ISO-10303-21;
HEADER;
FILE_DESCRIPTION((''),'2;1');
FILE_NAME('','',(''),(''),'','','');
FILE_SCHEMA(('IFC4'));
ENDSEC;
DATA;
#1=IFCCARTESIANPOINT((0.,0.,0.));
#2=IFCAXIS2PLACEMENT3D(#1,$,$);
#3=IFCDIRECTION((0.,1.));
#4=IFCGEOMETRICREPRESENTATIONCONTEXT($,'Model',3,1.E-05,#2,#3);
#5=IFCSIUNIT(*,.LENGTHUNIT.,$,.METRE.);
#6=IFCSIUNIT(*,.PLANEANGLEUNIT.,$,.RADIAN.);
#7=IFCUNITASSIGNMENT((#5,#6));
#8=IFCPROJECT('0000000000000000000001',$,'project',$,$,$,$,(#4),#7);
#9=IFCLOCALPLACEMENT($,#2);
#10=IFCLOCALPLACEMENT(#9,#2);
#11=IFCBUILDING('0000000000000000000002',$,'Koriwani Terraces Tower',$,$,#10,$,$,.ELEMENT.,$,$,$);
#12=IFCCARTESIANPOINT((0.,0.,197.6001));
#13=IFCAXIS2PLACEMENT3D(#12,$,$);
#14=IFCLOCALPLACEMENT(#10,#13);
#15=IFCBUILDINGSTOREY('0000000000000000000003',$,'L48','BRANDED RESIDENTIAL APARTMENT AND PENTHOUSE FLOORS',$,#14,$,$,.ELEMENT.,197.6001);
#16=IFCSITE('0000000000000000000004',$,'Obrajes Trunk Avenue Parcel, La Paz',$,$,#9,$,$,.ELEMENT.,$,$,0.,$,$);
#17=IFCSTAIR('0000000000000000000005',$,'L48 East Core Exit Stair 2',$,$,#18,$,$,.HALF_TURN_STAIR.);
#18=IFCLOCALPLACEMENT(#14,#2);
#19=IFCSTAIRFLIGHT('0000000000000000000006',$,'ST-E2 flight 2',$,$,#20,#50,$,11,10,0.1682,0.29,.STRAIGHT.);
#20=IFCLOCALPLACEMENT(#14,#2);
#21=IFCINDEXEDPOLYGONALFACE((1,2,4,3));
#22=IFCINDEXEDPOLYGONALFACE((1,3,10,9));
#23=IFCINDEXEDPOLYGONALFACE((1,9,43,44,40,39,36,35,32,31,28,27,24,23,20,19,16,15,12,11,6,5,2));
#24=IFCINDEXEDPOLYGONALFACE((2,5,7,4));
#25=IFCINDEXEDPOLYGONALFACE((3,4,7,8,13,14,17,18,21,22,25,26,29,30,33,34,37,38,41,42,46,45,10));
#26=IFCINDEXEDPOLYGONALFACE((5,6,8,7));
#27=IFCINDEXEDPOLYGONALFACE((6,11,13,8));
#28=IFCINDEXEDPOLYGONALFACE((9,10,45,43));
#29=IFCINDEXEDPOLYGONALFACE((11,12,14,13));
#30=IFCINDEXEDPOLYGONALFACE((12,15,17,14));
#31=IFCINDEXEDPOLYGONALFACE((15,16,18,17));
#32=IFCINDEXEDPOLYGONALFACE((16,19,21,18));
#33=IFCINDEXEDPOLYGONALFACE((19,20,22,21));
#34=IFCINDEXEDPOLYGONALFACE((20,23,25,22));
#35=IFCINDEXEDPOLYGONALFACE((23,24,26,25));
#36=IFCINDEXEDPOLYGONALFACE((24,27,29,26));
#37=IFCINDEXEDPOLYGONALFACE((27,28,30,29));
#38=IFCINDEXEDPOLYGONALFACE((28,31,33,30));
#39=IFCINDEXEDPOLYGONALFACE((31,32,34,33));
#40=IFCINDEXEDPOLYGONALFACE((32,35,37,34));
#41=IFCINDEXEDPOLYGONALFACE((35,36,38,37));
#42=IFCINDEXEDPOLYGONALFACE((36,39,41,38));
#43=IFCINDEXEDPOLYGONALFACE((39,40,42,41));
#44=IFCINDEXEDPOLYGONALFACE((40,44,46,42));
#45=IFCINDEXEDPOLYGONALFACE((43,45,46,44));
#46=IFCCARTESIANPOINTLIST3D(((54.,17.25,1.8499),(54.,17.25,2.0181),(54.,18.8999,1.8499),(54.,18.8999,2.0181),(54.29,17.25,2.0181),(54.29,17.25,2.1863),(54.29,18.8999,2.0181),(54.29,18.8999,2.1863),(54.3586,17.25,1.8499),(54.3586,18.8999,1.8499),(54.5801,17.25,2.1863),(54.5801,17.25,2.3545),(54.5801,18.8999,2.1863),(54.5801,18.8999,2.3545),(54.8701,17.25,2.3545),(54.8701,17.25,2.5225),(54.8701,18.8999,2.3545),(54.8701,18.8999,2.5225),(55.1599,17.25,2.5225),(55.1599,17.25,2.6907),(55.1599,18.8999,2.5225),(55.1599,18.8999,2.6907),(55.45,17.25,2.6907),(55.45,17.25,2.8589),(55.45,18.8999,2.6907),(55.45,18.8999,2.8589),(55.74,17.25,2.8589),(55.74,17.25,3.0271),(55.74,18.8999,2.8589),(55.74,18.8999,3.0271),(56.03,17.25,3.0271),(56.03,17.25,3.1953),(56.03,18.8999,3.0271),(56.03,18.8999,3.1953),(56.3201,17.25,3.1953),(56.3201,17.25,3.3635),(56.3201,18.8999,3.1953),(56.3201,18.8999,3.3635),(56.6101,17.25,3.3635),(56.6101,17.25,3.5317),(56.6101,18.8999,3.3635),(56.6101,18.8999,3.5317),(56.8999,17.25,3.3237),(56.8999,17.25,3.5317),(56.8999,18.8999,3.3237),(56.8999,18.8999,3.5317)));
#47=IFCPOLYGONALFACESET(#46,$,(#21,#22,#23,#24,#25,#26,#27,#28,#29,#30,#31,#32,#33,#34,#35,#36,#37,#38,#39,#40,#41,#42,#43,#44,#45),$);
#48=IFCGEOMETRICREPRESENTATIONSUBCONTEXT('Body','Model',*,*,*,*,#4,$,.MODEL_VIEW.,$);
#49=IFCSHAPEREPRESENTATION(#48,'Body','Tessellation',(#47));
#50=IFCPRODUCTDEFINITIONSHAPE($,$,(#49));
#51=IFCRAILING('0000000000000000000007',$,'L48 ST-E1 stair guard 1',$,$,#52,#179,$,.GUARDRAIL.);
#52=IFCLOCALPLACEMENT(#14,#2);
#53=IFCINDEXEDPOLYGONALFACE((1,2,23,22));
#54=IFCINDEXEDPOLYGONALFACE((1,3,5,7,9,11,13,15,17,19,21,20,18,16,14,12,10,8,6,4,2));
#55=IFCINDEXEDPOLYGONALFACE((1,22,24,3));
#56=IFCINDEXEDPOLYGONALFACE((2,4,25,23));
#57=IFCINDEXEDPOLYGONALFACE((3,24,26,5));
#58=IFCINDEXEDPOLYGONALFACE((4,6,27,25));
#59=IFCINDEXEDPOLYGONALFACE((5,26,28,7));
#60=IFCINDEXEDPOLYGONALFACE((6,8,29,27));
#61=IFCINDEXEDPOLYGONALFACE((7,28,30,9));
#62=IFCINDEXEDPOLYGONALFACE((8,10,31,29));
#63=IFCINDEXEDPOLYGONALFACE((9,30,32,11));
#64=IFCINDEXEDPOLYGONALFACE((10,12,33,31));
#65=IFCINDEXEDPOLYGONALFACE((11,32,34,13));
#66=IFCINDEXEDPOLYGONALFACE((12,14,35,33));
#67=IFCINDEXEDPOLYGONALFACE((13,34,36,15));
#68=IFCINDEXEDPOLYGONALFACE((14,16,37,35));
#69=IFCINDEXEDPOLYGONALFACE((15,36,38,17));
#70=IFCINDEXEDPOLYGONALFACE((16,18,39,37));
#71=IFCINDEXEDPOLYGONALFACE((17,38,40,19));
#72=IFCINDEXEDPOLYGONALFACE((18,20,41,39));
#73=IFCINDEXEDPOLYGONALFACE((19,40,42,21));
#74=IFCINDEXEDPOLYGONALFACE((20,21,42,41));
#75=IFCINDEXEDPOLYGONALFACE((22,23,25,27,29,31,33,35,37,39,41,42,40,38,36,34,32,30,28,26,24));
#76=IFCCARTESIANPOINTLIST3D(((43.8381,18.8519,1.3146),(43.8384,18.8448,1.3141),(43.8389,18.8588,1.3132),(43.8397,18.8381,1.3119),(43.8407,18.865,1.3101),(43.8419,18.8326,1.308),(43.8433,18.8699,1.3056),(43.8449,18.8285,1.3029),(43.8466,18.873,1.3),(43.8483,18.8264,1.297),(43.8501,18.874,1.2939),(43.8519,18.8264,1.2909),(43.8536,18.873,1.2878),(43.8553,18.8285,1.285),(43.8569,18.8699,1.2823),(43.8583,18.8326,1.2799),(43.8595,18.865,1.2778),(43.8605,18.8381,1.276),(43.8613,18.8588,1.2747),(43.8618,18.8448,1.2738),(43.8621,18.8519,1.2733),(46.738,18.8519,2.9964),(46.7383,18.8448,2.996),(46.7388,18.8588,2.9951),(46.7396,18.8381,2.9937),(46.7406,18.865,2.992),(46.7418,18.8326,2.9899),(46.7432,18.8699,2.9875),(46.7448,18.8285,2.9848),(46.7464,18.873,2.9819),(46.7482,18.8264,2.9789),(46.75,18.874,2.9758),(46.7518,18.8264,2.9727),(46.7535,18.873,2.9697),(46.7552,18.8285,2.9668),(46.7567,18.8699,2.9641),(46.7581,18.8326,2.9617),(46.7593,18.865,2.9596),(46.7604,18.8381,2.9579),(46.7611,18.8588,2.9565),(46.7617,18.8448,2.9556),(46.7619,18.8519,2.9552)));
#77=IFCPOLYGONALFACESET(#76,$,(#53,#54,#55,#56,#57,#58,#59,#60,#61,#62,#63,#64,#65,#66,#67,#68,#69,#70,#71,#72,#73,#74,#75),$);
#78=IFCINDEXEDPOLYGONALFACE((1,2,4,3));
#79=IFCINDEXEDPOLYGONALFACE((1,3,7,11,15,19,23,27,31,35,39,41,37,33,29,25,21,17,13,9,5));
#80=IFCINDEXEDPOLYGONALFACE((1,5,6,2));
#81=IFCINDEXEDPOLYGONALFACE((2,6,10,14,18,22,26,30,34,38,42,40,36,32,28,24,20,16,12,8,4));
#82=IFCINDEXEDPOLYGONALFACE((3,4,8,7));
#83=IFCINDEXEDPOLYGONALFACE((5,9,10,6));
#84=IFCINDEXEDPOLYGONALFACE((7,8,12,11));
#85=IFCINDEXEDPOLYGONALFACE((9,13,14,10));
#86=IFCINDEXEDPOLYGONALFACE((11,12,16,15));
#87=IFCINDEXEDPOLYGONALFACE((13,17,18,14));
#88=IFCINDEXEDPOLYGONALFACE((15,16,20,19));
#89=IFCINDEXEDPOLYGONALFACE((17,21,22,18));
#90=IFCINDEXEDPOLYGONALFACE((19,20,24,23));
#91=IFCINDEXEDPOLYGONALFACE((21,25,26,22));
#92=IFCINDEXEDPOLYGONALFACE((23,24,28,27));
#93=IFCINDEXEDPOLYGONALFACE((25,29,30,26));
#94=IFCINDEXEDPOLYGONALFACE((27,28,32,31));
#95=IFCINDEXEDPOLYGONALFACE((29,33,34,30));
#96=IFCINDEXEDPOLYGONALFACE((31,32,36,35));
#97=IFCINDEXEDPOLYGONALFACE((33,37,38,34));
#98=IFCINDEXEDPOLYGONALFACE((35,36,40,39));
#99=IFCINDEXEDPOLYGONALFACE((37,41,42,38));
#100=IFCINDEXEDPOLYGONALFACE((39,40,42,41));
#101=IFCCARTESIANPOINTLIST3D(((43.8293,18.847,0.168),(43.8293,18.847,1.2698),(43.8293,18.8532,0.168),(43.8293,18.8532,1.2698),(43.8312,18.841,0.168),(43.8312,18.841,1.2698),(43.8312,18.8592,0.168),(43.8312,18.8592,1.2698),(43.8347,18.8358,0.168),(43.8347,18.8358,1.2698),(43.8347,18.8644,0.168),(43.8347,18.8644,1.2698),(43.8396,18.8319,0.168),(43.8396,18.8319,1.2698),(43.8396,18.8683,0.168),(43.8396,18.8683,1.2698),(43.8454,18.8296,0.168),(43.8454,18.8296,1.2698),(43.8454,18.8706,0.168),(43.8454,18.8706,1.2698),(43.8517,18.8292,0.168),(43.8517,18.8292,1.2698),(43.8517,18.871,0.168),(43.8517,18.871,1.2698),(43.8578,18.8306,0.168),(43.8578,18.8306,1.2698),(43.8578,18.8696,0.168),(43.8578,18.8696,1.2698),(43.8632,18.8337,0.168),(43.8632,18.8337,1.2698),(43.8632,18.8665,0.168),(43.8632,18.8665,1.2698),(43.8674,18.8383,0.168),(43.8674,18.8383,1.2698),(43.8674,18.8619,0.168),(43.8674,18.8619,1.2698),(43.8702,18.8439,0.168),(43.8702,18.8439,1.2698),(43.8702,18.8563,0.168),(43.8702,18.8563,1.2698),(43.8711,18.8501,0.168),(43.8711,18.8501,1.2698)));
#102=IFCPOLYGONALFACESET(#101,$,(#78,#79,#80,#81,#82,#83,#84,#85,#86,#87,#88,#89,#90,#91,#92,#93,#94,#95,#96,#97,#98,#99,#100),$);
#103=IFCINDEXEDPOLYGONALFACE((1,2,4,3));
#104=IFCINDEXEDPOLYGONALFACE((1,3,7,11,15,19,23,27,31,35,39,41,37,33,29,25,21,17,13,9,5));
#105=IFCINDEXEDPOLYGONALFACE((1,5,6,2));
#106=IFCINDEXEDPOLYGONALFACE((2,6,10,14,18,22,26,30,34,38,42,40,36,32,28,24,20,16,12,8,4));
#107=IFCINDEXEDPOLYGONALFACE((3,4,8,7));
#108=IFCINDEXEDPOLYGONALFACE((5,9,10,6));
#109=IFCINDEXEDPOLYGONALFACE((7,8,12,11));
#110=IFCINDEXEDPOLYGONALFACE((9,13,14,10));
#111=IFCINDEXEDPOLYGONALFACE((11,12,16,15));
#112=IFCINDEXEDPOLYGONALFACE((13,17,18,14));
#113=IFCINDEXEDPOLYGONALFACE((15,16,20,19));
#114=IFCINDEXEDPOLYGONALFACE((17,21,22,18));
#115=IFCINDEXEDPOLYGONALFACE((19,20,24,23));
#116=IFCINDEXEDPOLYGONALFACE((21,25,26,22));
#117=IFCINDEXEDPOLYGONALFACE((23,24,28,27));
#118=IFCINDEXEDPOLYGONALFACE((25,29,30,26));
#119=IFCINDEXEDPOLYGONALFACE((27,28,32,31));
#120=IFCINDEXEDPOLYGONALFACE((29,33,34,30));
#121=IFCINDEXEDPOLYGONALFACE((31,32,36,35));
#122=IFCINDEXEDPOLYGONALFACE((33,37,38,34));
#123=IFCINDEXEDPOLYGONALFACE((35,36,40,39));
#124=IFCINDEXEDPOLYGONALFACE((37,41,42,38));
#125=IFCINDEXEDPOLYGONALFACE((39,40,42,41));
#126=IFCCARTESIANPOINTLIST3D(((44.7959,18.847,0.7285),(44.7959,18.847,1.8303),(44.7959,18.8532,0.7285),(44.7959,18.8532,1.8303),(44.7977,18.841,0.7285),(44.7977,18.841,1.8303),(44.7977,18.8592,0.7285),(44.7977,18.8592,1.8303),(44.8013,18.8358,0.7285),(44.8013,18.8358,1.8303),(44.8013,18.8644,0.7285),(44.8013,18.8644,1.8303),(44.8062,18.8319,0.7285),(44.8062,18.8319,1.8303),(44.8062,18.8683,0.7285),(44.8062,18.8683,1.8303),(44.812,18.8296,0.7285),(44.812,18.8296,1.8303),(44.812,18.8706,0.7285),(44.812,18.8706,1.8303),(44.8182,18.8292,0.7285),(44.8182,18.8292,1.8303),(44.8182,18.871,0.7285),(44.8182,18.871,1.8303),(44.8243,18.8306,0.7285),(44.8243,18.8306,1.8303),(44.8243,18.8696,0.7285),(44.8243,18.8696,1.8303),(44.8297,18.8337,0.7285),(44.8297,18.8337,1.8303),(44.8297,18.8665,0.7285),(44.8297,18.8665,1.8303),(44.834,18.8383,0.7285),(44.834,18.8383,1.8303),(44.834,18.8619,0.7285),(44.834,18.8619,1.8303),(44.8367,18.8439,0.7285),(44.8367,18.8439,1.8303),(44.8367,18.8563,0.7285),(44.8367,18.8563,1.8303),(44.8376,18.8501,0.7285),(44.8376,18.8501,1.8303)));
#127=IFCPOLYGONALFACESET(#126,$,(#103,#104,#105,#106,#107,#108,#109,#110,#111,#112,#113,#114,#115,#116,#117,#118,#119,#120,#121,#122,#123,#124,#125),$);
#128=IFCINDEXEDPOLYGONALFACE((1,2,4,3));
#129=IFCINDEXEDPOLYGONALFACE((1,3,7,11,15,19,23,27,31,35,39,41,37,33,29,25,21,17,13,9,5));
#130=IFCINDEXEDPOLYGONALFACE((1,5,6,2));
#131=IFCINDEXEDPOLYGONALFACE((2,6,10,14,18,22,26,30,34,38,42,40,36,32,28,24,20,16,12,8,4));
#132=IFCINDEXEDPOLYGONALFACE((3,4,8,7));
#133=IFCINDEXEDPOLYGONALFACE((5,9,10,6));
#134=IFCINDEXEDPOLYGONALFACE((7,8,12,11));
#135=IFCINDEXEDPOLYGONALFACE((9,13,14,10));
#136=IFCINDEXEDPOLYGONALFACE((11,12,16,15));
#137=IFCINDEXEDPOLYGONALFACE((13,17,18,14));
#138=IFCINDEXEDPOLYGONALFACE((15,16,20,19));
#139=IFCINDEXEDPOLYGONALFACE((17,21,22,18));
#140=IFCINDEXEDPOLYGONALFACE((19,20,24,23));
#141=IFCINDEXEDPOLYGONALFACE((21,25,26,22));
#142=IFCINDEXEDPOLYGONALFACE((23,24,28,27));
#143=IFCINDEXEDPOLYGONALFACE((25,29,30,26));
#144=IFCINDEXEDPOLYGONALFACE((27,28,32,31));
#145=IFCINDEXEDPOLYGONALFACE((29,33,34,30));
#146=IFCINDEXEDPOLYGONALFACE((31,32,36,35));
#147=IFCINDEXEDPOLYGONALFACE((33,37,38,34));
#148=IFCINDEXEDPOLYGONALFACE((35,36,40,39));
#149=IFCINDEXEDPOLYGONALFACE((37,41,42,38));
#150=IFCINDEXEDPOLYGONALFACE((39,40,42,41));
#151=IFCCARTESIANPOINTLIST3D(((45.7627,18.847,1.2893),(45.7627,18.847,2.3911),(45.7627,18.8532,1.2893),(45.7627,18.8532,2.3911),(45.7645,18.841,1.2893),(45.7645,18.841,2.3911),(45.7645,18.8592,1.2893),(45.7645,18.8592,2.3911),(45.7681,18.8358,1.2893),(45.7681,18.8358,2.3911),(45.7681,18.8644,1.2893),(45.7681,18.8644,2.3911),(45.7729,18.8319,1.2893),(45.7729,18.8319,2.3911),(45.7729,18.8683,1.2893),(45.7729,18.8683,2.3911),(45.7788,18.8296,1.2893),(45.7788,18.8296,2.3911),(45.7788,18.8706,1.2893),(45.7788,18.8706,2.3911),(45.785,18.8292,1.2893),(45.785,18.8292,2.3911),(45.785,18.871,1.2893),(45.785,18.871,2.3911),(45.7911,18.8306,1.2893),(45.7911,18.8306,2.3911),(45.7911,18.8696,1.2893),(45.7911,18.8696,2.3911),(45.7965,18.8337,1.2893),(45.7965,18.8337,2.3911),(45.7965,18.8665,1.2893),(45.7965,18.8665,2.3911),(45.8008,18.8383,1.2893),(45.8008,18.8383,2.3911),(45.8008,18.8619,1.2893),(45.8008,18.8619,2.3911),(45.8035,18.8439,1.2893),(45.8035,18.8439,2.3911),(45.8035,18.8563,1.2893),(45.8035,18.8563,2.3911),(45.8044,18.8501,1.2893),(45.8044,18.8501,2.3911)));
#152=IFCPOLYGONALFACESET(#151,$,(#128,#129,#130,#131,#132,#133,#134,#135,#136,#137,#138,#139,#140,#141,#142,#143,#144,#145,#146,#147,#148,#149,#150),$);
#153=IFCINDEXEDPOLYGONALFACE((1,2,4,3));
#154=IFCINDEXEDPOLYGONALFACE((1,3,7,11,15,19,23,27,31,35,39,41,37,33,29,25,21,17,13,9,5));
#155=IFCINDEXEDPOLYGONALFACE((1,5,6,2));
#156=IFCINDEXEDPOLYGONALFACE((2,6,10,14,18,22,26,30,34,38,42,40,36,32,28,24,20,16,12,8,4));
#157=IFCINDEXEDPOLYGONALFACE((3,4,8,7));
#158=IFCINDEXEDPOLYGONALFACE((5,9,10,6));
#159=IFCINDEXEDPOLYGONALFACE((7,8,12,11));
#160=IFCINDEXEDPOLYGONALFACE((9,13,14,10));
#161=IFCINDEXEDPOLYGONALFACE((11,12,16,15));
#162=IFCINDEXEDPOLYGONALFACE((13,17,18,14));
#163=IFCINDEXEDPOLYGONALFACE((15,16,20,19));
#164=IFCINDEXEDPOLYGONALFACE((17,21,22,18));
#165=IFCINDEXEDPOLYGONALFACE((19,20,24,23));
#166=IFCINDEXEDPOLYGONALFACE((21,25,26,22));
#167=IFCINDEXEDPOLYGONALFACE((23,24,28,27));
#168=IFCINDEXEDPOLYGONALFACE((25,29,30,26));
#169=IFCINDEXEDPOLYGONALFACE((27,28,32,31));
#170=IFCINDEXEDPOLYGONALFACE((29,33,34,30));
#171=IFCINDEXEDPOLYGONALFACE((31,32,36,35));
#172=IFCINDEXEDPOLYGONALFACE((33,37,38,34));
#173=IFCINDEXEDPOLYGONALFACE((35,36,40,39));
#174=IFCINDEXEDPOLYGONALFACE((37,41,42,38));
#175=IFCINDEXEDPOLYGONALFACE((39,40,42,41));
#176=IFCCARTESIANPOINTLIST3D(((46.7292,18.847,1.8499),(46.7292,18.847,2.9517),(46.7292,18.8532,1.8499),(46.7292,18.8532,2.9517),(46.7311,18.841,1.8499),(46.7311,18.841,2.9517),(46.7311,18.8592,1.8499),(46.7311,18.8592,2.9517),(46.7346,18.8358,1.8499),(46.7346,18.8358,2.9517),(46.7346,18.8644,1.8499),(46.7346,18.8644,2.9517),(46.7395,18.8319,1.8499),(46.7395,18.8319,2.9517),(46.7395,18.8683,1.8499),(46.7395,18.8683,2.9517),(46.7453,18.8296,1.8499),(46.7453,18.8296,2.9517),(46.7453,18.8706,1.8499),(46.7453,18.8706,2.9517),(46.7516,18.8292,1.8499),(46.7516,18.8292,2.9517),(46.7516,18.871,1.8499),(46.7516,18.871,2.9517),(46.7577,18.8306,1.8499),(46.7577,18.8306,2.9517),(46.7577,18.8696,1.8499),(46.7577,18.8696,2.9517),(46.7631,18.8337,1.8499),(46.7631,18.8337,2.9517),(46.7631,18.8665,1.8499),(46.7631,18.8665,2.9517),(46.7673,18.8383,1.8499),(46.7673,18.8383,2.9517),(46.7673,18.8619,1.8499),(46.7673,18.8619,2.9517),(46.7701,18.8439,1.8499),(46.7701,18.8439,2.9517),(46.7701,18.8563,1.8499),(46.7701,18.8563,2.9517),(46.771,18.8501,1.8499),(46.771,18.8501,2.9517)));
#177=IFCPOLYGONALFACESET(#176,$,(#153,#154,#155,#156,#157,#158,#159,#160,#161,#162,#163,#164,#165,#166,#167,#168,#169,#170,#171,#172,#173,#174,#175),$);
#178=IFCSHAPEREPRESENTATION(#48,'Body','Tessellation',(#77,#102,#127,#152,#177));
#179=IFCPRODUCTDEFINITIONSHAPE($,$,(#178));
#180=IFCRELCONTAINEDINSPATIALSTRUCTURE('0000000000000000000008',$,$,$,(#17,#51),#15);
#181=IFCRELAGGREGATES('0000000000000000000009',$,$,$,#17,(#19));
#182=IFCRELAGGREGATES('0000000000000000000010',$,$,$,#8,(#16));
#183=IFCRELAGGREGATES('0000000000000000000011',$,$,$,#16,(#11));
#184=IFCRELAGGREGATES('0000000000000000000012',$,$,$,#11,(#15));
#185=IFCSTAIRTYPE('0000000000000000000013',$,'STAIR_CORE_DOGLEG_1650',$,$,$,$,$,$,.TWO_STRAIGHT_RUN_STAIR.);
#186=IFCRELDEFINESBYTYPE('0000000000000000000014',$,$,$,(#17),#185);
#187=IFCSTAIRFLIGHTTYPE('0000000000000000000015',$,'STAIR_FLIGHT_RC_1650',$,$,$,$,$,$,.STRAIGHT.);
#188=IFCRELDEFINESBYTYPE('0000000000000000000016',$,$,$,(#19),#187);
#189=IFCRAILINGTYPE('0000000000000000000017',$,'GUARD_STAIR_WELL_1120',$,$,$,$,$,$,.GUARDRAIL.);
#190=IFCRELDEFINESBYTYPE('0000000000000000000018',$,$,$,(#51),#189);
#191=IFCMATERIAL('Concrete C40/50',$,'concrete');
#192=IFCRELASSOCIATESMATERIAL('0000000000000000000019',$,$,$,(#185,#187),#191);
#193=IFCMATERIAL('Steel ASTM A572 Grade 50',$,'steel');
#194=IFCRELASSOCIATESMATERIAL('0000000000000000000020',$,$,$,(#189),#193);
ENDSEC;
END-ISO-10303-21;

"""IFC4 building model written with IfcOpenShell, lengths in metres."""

from ifc_helpers import new_model, si_unit, direction, frame, origin, origin_2d, place, context, subcontext, project, spatial, polyline, circle, outline, extrude, material, type_object, element, aggregate, save


model = new_model("IFC4")

# Units and contexts
model_context = context("Model", 3, precision=1e-05, world=origin(), true_north=direction((0.0, 1.0)))
body_context = subcontext(model_context, "Body", "Model", "MODEL_VIEW")
ifc_project = project(units=[si_unit("LENGTHUNIT", "METRE"), si_unit("PLANEANGLEUNIT", "RADIAN")], contexts=[model_context])

# Site, building, storey
site_placement = place(None, origin())
site = spatial("IfcSite", under=ifc_project, at=site_placement, Name="Obrajes Trunk Avenue Parcel, La Paz", CompositionType="ELEMENT", RefElevation=0.0)
building_placement = place(site_placement, origin())
building = spatial("IfcBuilding", under=site, at=building_placement, Name="Koriwani Terraces Tower", CompositionType="ELEMENT")
storey_placement = place(building_placement, frame((0.0, 0.0, 197.6001)))
storey = spatial("IfcBuildingStorey", under=building, at=storey_placement, Name="L48", Description="BRANDED RESIDENTIAL APARTMENT AND PENTHOUSE FLOORS", CompositionType="ELEMENT", Elevation=197.6001)

# Shared definitions
ifc_material_1 = material(Name="Concrete C40/50", Category="concrete")

# Shared definitions
ifc_material_2 = material(Name="Steel ASTM A572 Grade 50", Category="steel")

# Shared definitions
stair_type = type_object("IfcStairType", Name="STAIR_CORE_DOGLEG_1650", PredefinedType="TWO_STRAIGHT_RUN_STAIR", material=ifc_material_1)
stair_flight_type = type_object("IfcStairFlightType", Name="STAIR_FLIGHT_RC_1650", PredefinedType="STRAIGHT", material=ifc_material_1)

# Stair, stair flight
stair_1_placement = place(storey_placement, origin())
stair_1 = element("IfcStair", 1, at=stair_1_placement, inside=storey, type_object=stair_type, Name="L48 East Core Exit Stair 2", PredefinedType="HALF_TURN_STAIR")
stair_flight_1_placement = place(storey_placement, frame((54.0, 18.075, 1.8499), z_axis=(0.0, 0.0, 1.0), x_axis=(1.0, 0.0, 0.0)))
stair_flight_1 = element("IfcStairFlight", 2, at=stair_flight_1_placement, type_object=stair_flight_type, Name="ST-E2 flight 2", NumberOfRisers=11, NumberOfTreads=10, PredefinedType="STRAIGHT", RiserHeight=0.1682, TreadLength=0.29, context=body_context, shape_type="SweptSolid", body=[
    extrude(outline(polyline([(0.0, 0.0), (0.0, 0.1682), (0.29, 0.1682), (0.29, 0.3364), (0.5801, 0.3364), (0.5801, 0.5046), (0.8701, 0.5046), (0.8701, 0.6726), (1.1599, 0.6726), (1.1599, 0.8408), (1.45, 0.8408), (1.45, 1.009), (1.74, 1.009), (1.74, 1.1772), (2.03, 1.1772), (2.03, 1.3455), (2.3201, 1.3455), (2.3201, 1.5137), (2.6101, 1.5137), (2.6101, 1.6819), (2.8999, 1.6819), (2.8999, 1.8501), (2.8999, 1.4739), (0.3586, 0.0), (0.0, 0.0)])), frame((0.0, 0.825, 0.0), z_axis=(0.0, -1.0, 0.0), x_axis=(1.0, 0.0, 0.0)), (0.0, 0.0, 1.0), 1.6499),
])
aggregate(stair_1, [stair_flight_1])

# Railing
railing_type_1 = type_object("IfcRailingType", Name="GUARD_STAIR_WELL_1120", PredefinedType="GUARDRAIL", material=ifc_material_2)
railing_1_placement = place(storey_placement, frame((43.8501, 18.8501, 0.168)))
element("IfcRailing", 3, at=railing_1_placement, inside=storey, type_object=railing_type_1, Name="L48 ST-E1 stair guard 1", PredefinedType="GUARDRAIL", context=body_context, shape_type="SweptSolid", body=[
    extrude(circle(Radius=0.0239, at=origin_2d()), frame((0.0, 0.0, 1.126), z_axis=(0.865039, 0.0, 0.501705), x_axis=(0.0, 1.0, 0.0)), (0.0, 0.0, 1.0), 3.3523),
    extrude(circle(Radius=0.021, at=origin_2d()), origin(), (0.0, 0.0, 1.0), 1.1018),
    extrude(circle(Radius=0.021, at=origin_2d()), frame((0.9666, 0.0, 0.5605)), (0.0, 0.0, 1.0), 1.1018),
    extrude(circle(Radius=0.021, at=origin_2d()), frame((1.9333, 0.0, 1.1213)), (0.0, 0.0, 1.0), 1.1018),
    extrude(circle(Radius=0.021, at=origin_2d()), frame((2.8999, 0.0, 1.6819)), (0.0, 0.0, 1.0), 1.1018),
])

save(model, "model.ifc")
